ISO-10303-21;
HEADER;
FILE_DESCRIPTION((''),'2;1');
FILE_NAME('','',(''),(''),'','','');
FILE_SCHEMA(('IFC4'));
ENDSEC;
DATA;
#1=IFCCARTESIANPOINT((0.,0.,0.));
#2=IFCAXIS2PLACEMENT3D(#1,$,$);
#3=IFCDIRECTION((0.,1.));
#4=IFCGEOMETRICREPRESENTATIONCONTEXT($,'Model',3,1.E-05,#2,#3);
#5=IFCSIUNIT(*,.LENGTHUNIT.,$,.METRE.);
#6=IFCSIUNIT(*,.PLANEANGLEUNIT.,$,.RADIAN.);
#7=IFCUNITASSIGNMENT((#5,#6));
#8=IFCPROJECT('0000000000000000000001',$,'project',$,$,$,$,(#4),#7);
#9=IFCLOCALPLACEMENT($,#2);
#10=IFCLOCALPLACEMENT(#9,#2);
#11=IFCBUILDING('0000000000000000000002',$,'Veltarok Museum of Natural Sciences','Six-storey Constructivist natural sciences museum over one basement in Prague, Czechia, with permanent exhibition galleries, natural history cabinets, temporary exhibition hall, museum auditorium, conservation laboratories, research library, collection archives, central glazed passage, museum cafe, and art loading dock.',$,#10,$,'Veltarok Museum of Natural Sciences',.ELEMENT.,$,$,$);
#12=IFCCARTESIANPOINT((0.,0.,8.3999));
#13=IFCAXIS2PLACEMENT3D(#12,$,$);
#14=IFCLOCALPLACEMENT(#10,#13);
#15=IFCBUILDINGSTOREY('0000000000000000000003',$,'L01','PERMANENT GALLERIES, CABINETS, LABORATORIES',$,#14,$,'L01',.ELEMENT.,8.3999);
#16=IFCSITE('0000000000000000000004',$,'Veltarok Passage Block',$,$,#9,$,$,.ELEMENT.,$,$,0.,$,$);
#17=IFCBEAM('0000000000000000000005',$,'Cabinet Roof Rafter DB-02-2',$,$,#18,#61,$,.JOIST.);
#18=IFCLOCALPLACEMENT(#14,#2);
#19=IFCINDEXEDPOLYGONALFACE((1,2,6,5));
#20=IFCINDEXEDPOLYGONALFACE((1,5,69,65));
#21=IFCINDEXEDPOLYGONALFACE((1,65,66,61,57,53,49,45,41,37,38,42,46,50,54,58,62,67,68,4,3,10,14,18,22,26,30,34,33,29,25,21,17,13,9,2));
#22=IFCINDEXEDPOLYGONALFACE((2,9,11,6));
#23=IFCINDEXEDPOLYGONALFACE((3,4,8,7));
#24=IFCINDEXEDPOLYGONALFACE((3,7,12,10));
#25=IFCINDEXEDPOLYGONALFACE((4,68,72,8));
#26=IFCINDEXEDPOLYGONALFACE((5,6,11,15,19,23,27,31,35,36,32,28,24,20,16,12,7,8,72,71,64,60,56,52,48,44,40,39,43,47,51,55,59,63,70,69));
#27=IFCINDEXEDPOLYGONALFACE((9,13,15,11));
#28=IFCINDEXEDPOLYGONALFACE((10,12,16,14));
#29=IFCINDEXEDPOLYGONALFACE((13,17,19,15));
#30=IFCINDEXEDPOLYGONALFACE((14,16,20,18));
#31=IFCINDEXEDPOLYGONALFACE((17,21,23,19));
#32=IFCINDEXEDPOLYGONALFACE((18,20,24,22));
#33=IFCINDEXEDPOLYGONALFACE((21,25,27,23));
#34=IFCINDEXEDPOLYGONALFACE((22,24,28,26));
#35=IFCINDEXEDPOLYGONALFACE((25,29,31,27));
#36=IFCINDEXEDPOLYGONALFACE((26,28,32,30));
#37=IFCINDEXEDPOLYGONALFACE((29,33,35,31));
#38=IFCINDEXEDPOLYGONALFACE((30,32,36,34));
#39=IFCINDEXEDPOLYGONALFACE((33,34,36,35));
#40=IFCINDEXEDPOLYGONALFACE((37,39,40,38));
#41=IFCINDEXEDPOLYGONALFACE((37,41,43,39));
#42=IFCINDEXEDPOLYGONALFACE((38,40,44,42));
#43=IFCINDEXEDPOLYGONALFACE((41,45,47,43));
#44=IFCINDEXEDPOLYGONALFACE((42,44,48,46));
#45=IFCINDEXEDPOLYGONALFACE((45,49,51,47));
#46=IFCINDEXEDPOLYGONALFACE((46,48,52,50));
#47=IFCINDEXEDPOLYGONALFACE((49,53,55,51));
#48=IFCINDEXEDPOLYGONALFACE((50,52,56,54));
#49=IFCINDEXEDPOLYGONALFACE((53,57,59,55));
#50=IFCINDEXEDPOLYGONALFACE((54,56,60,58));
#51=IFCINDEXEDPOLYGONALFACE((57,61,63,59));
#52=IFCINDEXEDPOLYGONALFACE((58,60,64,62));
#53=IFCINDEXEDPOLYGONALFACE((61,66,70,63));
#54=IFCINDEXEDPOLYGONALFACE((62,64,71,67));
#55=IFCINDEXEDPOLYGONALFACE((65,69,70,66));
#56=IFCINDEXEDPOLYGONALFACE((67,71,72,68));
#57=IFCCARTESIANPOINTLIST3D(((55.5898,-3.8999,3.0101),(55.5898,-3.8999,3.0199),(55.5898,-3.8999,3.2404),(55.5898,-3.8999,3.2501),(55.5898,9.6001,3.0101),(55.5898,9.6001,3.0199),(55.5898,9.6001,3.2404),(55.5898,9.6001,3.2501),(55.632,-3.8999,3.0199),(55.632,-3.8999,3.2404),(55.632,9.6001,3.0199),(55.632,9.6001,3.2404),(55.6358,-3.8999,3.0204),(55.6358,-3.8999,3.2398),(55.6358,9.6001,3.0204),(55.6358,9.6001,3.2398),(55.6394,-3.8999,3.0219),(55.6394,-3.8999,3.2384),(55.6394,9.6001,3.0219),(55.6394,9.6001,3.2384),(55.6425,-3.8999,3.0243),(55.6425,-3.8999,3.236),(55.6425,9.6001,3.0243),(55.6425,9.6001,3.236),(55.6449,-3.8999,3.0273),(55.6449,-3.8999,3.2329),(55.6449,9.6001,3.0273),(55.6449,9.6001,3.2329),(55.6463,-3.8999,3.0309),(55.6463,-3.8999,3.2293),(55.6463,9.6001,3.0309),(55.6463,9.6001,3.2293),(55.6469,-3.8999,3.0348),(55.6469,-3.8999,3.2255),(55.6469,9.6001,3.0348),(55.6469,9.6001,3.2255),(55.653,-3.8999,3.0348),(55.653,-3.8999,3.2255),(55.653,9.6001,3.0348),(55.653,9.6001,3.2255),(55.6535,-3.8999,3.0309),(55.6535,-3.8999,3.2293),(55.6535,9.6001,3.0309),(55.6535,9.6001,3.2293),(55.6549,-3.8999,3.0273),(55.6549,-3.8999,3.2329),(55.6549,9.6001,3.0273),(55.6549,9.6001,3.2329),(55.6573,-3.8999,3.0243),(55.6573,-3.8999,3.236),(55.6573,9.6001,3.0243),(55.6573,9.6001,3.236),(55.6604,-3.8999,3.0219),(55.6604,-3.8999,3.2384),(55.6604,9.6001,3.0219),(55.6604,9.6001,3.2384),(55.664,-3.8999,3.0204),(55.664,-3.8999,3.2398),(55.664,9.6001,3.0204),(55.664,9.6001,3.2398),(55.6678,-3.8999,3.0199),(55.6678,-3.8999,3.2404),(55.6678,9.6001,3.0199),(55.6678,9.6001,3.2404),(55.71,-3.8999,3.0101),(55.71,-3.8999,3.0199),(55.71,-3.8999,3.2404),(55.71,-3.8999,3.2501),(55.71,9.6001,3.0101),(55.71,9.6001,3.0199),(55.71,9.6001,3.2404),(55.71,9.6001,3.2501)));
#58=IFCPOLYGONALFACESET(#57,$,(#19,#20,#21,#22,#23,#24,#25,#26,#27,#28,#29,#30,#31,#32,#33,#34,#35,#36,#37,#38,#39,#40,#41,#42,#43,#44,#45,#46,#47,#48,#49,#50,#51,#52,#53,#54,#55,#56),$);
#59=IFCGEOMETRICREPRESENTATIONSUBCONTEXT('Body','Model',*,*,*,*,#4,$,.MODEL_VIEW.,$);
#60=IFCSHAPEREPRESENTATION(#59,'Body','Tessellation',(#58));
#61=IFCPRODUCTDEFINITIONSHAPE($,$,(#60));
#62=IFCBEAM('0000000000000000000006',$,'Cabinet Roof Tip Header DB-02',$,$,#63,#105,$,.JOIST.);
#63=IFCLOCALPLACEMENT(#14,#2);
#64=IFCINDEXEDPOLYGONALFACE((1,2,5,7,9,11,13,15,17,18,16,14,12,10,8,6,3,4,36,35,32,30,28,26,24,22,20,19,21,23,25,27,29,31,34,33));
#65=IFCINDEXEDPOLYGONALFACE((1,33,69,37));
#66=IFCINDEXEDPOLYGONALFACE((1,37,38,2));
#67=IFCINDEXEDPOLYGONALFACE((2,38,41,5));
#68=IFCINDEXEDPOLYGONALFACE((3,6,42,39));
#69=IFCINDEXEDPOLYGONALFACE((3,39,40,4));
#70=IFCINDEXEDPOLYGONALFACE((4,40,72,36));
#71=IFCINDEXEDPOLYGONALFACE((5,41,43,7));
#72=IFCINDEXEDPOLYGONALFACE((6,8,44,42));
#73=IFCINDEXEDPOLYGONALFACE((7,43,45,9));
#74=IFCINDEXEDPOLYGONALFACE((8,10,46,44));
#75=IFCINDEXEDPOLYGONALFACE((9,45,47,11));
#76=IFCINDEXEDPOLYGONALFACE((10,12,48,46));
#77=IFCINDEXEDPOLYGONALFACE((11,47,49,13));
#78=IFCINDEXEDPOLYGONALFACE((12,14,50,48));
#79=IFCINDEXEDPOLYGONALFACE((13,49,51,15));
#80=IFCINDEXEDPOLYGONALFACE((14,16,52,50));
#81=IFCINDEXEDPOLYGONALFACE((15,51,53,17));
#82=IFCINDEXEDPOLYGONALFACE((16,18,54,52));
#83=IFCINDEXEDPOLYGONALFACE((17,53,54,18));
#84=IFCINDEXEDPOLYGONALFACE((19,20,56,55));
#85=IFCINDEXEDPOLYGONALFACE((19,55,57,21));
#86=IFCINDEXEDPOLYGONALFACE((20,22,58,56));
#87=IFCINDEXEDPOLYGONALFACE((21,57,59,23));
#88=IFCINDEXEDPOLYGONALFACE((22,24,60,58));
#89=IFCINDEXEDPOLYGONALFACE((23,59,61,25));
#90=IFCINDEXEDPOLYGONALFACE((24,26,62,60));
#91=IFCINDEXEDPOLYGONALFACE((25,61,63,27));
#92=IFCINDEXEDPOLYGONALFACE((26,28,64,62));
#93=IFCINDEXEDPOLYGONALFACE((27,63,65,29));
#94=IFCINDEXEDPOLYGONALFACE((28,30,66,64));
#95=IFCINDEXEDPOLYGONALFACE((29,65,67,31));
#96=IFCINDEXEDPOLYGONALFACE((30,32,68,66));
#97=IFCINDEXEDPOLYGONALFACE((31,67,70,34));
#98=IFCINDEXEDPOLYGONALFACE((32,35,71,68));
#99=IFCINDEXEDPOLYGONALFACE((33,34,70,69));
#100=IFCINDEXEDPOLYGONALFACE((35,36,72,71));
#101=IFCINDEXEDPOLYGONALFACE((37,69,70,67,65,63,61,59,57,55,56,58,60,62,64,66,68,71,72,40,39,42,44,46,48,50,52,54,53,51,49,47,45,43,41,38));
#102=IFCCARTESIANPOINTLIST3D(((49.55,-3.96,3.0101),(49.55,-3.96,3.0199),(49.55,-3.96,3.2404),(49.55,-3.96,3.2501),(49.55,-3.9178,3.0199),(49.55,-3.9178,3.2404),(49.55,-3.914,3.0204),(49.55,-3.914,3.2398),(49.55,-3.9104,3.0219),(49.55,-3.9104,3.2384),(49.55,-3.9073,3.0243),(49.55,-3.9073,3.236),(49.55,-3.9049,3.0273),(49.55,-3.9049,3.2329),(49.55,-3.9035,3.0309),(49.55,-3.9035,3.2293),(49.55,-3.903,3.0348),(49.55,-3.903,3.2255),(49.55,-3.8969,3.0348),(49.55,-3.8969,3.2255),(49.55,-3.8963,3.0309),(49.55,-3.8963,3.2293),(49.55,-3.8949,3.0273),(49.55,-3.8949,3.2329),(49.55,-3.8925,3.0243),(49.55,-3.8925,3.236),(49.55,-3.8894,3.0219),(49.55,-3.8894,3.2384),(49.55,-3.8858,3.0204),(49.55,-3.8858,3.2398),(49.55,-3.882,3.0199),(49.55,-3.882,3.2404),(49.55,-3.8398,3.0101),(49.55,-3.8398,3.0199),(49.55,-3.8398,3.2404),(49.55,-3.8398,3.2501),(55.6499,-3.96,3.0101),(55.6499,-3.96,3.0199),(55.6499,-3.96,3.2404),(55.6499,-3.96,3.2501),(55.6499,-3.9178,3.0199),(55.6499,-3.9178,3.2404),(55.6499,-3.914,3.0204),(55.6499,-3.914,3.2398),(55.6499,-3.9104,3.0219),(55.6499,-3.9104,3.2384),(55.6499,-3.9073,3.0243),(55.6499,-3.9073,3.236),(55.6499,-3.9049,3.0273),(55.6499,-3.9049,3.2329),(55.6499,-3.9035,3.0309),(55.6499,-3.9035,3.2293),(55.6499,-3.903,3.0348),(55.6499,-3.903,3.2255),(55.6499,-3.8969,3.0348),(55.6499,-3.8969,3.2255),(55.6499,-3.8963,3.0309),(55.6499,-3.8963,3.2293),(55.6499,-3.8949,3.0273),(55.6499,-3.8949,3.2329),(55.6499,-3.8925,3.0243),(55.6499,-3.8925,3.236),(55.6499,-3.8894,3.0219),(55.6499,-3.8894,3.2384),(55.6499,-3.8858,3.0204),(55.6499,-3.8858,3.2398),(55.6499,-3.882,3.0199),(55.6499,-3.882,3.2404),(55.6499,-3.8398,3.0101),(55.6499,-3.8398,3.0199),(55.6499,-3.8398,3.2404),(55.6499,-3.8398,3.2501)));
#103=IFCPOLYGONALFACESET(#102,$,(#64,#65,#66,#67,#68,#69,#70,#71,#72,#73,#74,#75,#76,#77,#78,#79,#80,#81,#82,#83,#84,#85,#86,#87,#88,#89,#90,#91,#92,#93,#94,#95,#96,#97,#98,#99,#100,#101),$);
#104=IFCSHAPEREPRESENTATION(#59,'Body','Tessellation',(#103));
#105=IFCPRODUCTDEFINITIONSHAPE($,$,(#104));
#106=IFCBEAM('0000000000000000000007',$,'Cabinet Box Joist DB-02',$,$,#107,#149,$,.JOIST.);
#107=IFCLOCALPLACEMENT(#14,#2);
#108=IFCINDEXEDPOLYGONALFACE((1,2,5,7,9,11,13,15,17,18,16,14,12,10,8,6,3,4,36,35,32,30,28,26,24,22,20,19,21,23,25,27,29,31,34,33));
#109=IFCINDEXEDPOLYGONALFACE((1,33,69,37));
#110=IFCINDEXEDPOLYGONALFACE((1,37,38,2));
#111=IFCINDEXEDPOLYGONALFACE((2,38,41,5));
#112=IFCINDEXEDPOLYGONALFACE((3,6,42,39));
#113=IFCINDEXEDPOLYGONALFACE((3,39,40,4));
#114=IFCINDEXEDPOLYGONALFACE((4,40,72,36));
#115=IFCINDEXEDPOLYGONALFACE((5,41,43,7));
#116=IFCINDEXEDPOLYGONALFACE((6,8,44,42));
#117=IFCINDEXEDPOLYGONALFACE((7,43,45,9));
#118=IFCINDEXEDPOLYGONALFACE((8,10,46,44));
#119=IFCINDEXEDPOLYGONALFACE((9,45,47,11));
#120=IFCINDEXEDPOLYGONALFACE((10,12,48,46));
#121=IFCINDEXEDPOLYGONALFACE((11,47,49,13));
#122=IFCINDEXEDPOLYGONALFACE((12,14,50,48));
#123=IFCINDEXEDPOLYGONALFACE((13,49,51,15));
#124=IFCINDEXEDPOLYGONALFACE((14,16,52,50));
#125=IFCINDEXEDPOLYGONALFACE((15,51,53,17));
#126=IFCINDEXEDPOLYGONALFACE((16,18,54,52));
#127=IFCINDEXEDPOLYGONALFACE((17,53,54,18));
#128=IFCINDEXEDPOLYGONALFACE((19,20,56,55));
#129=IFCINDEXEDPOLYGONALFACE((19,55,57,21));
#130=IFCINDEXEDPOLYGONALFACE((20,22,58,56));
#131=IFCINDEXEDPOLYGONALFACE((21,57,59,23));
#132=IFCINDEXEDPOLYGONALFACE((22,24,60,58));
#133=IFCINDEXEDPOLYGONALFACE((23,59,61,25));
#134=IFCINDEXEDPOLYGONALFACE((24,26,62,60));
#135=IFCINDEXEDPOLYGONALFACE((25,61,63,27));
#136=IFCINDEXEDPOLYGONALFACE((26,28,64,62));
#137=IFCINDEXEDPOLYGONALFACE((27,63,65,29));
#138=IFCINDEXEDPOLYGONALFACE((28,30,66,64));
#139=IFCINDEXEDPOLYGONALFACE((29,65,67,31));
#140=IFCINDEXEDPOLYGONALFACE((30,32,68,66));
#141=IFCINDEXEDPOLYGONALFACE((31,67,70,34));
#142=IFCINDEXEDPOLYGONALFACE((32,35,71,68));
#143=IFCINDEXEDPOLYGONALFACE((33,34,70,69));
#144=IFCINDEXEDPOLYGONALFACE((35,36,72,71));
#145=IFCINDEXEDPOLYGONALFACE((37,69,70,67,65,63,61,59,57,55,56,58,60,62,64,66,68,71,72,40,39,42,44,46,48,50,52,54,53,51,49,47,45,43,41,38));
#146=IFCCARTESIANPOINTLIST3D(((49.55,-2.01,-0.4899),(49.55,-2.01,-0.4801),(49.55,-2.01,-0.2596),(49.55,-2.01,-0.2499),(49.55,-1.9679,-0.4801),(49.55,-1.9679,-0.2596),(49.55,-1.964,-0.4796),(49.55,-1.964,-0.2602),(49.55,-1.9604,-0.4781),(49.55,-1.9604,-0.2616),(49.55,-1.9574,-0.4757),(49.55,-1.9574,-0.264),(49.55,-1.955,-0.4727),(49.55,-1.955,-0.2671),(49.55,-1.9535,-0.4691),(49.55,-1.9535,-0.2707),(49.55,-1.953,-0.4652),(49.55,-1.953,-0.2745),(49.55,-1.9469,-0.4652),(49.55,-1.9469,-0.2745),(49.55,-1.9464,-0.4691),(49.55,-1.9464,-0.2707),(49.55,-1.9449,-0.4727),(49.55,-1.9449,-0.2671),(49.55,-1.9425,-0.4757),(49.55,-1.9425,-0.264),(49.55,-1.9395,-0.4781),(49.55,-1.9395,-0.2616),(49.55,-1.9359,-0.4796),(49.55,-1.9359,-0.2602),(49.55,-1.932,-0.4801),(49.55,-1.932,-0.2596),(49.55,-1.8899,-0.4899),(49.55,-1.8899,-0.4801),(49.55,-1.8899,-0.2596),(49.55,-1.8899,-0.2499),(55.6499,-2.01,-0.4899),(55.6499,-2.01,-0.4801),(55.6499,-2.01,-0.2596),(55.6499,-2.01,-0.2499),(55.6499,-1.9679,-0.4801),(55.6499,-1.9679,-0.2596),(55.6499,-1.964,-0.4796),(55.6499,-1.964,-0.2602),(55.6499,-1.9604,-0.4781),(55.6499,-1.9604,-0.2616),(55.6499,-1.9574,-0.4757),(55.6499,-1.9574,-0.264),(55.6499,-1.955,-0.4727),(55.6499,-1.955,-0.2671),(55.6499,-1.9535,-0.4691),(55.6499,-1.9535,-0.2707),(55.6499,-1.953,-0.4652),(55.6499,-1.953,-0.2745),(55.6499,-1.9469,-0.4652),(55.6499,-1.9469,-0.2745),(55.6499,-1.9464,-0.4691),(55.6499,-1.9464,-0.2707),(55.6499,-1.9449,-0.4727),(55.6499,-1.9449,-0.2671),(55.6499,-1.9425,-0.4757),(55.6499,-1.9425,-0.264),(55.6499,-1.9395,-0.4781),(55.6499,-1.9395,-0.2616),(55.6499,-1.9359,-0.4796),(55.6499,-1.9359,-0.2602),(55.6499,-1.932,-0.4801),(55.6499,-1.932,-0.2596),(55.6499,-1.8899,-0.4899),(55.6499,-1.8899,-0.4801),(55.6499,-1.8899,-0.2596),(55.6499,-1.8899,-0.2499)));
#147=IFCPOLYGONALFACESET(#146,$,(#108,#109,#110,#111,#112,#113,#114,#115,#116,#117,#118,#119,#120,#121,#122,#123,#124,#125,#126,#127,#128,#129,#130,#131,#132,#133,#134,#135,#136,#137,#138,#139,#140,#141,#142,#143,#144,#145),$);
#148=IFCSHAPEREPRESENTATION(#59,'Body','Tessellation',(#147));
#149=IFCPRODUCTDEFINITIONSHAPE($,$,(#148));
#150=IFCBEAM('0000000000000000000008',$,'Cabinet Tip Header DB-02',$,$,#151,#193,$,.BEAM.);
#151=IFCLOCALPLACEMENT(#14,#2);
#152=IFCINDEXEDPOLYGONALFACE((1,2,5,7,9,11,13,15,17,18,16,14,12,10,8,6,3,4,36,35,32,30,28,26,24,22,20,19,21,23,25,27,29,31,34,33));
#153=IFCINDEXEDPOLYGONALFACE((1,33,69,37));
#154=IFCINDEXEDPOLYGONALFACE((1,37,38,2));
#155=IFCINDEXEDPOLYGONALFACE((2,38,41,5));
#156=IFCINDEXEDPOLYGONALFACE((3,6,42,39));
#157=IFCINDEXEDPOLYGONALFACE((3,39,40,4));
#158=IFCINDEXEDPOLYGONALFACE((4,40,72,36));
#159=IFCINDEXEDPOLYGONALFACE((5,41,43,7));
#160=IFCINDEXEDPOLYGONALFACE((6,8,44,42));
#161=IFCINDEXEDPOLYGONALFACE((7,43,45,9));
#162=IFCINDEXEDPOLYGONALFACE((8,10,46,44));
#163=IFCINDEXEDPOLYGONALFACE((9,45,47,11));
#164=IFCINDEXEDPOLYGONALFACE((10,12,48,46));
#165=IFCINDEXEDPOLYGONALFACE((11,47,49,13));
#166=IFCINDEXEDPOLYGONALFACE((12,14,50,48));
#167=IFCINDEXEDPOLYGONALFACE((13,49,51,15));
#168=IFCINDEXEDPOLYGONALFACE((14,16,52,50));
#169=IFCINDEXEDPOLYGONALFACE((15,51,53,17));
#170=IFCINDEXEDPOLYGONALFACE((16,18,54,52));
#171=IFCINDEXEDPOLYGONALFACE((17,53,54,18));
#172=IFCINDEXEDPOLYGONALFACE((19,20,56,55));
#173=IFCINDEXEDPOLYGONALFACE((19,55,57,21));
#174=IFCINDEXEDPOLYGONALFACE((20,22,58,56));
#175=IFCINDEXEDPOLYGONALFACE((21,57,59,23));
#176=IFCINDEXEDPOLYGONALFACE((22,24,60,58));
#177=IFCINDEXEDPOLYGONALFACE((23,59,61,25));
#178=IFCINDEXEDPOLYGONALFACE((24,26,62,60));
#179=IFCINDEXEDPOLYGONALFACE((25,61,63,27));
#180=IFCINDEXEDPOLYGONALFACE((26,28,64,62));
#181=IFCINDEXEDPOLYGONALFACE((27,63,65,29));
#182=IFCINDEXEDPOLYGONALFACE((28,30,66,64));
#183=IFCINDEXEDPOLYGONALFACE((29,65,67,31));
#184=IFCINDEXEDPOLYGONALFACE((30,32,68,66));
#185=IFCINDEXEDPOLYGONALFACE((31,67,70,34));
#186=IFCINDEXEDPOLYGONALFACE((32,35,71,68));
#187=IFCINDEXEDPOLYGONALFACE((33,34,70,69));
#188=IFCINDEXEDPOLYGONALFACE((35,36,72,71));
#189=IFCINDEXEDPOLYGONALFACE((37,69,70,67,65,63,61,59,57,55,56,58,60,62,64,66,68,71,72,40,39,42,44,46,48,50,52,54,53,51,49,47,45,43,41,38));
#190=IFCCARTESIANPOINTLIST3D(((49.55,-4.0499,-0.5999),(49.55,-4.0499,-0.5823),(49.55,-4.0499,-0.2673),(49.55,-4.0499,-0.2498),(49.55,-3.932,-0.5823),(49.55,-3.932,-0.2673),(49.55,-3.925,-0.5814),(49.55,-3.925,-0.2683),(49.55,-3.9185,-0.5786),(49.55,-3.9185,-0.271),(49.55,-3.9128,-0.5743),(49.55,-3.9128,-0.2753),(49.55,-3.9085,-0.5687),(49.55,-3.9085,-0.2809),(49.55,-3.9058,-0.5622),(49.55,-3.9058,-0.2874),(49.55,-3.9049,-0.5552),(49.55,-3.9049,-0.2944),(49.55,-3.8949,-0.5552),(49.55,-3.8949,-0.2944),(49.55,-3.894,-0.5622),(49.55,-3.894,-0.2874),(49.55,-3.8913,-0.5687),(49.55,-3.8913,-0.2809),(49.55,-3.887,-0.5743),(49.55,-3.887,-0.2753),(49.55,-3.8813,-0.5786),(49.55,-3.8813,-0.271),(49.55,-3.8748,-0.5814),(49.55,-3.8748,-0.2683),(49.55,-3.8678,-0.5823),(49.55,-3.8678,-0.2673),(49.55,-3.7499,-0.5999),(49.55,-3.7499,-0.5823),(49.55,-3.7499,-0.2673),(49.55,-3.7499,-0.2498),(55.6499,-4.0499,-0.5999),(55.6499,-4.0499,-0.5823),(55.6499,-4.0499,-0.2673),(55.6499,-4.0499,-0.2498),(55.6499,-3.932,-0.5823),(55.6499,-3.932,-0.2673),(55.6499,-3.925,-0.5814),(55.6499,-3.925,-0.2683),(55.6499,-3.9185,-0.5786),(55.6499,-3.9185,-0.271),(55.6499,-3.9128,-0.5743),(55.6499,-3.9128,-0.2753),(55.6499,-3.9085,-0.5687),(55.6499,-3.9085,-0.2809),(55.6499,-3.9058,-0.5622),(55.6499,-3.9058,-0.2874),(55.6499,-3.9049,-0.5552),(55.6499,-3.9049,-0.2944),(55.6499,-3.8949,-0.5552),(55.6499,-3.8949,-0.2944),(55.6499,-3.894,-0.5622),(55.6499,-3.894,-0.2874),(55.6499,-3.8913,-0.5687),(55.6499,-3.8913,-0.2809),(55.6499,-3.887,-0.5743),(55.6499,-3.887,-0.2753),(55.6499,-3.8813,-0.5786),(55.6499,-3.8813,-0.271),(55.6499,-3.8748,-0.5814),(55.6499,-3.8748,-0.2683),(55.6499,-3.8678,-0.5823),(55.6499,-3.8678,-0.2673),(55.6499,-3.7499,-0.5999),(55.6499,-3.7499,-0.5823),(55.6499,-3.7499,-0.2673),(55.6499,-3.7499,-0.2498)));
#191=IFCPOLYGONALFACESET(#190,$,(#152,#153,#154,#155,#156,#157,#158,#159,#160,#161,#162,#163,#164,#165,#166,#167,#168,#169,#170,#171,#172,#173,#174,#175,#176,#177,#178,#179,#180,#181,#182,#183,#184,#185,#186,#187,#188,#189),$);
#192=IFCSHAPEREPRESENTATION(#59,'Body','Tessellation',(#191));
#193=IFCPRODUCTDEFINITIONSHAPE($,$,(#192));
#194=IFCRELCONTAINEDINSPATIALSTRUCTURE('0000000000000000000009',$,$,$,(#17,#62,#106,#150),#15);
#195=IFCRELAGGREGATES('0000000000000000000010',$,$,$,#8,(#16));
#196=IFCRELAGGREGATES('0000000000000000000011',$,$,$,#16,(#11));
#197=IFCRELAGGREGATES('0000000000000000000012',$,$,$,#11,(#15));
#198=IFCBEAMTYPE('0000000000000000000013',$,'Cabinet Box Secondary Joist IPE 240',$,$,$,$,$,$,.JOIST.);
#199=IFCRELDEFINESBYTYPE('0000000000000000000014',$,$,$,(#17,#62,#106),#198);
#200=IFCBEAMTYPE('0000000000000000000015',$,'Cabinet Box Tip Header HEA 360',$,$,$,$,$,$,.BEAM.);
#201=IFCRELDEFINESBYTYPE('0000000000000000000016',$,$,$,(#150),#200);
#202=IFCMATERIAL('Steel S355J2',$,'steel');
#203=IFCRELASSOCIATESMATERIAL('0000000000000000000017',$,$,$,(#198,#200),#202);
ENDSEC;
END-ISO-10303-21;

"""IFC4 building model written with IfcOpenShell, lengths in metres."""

from ifc_helpers import new_model, si_unit, direction, frame, origin, origin_2d, place, context, subcontext, project, spatial, i_section, extrude, material, material_profile, profile_set, type_object, element, save


model = new_model("IFC4")

# Units and contexts
model_context = context("Model", 3, precision=1e-05, world=origin(), true_north=direction((0.0, 1.0)))
body_context = subcontext(model_context, "Body", "Model", "MODEL_VIEW")
ifc_project = project(units=[si_unit("LENGTHUNIT", "METRE"), si_unit("PLANEANGLEUNIT", "RADIAN")], contexts=[model_context])

# Site, building, storey
site_placement = place(None, origin())
site = spatial("IfcSite", under=ifc_project, at=site_placement, Name="Veltarok Passage Block", CompositionType="ELEMENT", RefElevation=0.0)
building_placement = place(site_placement, origin())
building = spatial("IfcBuilding", under=site, at=building_placement, Name="Veltarok Museum of Natural Sciences", Description="Six-storey Constructivist natural sciences museum over one basement in Prague, Czechia, with permanent exhibition galleries, natural history cabinets, temporary exhibition hall, museum auditorium, conservation laboratories, research library, collection archives, central glazed passage, museum cafe, and art loading dock.", LongName="Veltarok Museum of Natural Sciences", CompositionType="ELEMENT")
storey_placement = place(building_placement, frame((0.0, 0.0, 8.3999)))
storey = spatial("IfcBuildingStorey", under=building, at=storey_placement, Name="L01", Description="PERMANENT GALLERIES, CABINETS, LABORATORIES", LongName="L01", CompositionType="ELEMENT", Elevation=8.3999)

# Beams
ifc_material_1 = material(Name="Steel S355J2", Category="steel")
ifc_material_profile_1 = material_profile(ifc_material_1, i_section(OverallWidth=0.1201, OverallDepth=0.24, WebThickness=0.0061, FlangeThickness=0.0098, FilletRadius=0.0149, at=origin_2d()), Name="IPE 240")
ifc_profile_set_1 = profile_set([ifc_material_profile_1], Name="Steel S355J2")
beam_type_1 = type_object("IfcBeamType", Name="Cabinet Box Secondary Joist IPE 240", PredefinedType="JOIST", material=ifc_profile_set_1)
for number, where, z_axis, x_axis, name in (
    (1, (55.6499, -3.8999, 3.1301), (0.0, 1.0, 0.0), (-1.0, 0.0, 0.0), "Cabinet Roof Rafter DB-02-2"),
):
    element("IfcBeam", number, at=place(storey_placement, frame(where, z_axis=z_axis, x_axis=x_axis)), inside=storey, type_object=beam_type_1, Name=name, PredefinedType="JOIST", context=body_context, shape_type="SweptSolid", body=[
        extrude(i_section(OverallWidth=0.1201, OverallDepth=0.24, WebThickness=0.0061, FlangeThickness=0.0098, FilletRadius=0.0149, at=origin_2d()), origin(), (0.0, 0.0, 1.0), 13.5),
    ])
for number, where, z_axis, x_axis, name in (
    (2, (49.55, -3.8999, 3.1301), (1.0, 0.0, 0.0), (0.0, 1.0, 0.0), "Cabinet Roof Tip Header DB-02"),
    (3, (49.55, -1.95, -0.3699), (1.0, 0.0, 0.0), (0.0, 1.0, 0.0), "Cabinet Box Joist DB-02"),
):
    element("IfcBeam", number, at=place(storey_placement, frame(where, z_axis=z_axis, x_axis=x_axis)), inside=storey, type_object=beam_type_1, Name=name, PredefinedType="JOIST", context=body_context, shape_type="SweptSolid", body=[
        extrude(i_section(OverallWidth=0.1201, OverallDepth=0.24, WebThickness=0.0061, FlangeThickness=0.0098, FilletRadius=0.0149, at=origin_2d()), origin(), (0.0, 0.0, 1.0), 6.0999),
    ])
ifc_material_profile_2 = material_profile(ifc_material_1, i_section(OverallWidth=0.3, OverallDepth=0.3501, WebThickness=0.01, FlangeThickness=0.0176, FilletRadius=0.0271, at=origin_2d()), Name="HEA 360")
ifc_profile_set_2 = profile_set([ifc_material_profile_2], Name="Steel S355J2")
beam_type_2 = type_object("IfcBeamType", Name="Cabinet Box Tip Header HEA 360", PredefinedType="BEAM", material=ifc_profile_set_2)
beam_1_placement = place(storey_placement, frame((49.55, -3.8999, -0.4248), z_axis=(1.0, 0.0, 0.0), x_axis=(0.0, 1.0, 0.0)))
element("IfcBeam", 4, at=beam_1_placement, inside=storey, type_object=beam_type_2, Name="Cabinet Tip Header DB-02", PredefinedType="BEAM", context=body_context, shape_type="SweptSolid", body=[
    extrude(i_section(OverallWidth=0.3, OverallDepth=0.3501, WebThickness=0.01, FlangeThickness=0.0176, FilletRadius=0.0271, at=origin_2d()), origin(), (0.0, 0.0, 1.0), 6.0999),
])

save(model, "model.ifc")
